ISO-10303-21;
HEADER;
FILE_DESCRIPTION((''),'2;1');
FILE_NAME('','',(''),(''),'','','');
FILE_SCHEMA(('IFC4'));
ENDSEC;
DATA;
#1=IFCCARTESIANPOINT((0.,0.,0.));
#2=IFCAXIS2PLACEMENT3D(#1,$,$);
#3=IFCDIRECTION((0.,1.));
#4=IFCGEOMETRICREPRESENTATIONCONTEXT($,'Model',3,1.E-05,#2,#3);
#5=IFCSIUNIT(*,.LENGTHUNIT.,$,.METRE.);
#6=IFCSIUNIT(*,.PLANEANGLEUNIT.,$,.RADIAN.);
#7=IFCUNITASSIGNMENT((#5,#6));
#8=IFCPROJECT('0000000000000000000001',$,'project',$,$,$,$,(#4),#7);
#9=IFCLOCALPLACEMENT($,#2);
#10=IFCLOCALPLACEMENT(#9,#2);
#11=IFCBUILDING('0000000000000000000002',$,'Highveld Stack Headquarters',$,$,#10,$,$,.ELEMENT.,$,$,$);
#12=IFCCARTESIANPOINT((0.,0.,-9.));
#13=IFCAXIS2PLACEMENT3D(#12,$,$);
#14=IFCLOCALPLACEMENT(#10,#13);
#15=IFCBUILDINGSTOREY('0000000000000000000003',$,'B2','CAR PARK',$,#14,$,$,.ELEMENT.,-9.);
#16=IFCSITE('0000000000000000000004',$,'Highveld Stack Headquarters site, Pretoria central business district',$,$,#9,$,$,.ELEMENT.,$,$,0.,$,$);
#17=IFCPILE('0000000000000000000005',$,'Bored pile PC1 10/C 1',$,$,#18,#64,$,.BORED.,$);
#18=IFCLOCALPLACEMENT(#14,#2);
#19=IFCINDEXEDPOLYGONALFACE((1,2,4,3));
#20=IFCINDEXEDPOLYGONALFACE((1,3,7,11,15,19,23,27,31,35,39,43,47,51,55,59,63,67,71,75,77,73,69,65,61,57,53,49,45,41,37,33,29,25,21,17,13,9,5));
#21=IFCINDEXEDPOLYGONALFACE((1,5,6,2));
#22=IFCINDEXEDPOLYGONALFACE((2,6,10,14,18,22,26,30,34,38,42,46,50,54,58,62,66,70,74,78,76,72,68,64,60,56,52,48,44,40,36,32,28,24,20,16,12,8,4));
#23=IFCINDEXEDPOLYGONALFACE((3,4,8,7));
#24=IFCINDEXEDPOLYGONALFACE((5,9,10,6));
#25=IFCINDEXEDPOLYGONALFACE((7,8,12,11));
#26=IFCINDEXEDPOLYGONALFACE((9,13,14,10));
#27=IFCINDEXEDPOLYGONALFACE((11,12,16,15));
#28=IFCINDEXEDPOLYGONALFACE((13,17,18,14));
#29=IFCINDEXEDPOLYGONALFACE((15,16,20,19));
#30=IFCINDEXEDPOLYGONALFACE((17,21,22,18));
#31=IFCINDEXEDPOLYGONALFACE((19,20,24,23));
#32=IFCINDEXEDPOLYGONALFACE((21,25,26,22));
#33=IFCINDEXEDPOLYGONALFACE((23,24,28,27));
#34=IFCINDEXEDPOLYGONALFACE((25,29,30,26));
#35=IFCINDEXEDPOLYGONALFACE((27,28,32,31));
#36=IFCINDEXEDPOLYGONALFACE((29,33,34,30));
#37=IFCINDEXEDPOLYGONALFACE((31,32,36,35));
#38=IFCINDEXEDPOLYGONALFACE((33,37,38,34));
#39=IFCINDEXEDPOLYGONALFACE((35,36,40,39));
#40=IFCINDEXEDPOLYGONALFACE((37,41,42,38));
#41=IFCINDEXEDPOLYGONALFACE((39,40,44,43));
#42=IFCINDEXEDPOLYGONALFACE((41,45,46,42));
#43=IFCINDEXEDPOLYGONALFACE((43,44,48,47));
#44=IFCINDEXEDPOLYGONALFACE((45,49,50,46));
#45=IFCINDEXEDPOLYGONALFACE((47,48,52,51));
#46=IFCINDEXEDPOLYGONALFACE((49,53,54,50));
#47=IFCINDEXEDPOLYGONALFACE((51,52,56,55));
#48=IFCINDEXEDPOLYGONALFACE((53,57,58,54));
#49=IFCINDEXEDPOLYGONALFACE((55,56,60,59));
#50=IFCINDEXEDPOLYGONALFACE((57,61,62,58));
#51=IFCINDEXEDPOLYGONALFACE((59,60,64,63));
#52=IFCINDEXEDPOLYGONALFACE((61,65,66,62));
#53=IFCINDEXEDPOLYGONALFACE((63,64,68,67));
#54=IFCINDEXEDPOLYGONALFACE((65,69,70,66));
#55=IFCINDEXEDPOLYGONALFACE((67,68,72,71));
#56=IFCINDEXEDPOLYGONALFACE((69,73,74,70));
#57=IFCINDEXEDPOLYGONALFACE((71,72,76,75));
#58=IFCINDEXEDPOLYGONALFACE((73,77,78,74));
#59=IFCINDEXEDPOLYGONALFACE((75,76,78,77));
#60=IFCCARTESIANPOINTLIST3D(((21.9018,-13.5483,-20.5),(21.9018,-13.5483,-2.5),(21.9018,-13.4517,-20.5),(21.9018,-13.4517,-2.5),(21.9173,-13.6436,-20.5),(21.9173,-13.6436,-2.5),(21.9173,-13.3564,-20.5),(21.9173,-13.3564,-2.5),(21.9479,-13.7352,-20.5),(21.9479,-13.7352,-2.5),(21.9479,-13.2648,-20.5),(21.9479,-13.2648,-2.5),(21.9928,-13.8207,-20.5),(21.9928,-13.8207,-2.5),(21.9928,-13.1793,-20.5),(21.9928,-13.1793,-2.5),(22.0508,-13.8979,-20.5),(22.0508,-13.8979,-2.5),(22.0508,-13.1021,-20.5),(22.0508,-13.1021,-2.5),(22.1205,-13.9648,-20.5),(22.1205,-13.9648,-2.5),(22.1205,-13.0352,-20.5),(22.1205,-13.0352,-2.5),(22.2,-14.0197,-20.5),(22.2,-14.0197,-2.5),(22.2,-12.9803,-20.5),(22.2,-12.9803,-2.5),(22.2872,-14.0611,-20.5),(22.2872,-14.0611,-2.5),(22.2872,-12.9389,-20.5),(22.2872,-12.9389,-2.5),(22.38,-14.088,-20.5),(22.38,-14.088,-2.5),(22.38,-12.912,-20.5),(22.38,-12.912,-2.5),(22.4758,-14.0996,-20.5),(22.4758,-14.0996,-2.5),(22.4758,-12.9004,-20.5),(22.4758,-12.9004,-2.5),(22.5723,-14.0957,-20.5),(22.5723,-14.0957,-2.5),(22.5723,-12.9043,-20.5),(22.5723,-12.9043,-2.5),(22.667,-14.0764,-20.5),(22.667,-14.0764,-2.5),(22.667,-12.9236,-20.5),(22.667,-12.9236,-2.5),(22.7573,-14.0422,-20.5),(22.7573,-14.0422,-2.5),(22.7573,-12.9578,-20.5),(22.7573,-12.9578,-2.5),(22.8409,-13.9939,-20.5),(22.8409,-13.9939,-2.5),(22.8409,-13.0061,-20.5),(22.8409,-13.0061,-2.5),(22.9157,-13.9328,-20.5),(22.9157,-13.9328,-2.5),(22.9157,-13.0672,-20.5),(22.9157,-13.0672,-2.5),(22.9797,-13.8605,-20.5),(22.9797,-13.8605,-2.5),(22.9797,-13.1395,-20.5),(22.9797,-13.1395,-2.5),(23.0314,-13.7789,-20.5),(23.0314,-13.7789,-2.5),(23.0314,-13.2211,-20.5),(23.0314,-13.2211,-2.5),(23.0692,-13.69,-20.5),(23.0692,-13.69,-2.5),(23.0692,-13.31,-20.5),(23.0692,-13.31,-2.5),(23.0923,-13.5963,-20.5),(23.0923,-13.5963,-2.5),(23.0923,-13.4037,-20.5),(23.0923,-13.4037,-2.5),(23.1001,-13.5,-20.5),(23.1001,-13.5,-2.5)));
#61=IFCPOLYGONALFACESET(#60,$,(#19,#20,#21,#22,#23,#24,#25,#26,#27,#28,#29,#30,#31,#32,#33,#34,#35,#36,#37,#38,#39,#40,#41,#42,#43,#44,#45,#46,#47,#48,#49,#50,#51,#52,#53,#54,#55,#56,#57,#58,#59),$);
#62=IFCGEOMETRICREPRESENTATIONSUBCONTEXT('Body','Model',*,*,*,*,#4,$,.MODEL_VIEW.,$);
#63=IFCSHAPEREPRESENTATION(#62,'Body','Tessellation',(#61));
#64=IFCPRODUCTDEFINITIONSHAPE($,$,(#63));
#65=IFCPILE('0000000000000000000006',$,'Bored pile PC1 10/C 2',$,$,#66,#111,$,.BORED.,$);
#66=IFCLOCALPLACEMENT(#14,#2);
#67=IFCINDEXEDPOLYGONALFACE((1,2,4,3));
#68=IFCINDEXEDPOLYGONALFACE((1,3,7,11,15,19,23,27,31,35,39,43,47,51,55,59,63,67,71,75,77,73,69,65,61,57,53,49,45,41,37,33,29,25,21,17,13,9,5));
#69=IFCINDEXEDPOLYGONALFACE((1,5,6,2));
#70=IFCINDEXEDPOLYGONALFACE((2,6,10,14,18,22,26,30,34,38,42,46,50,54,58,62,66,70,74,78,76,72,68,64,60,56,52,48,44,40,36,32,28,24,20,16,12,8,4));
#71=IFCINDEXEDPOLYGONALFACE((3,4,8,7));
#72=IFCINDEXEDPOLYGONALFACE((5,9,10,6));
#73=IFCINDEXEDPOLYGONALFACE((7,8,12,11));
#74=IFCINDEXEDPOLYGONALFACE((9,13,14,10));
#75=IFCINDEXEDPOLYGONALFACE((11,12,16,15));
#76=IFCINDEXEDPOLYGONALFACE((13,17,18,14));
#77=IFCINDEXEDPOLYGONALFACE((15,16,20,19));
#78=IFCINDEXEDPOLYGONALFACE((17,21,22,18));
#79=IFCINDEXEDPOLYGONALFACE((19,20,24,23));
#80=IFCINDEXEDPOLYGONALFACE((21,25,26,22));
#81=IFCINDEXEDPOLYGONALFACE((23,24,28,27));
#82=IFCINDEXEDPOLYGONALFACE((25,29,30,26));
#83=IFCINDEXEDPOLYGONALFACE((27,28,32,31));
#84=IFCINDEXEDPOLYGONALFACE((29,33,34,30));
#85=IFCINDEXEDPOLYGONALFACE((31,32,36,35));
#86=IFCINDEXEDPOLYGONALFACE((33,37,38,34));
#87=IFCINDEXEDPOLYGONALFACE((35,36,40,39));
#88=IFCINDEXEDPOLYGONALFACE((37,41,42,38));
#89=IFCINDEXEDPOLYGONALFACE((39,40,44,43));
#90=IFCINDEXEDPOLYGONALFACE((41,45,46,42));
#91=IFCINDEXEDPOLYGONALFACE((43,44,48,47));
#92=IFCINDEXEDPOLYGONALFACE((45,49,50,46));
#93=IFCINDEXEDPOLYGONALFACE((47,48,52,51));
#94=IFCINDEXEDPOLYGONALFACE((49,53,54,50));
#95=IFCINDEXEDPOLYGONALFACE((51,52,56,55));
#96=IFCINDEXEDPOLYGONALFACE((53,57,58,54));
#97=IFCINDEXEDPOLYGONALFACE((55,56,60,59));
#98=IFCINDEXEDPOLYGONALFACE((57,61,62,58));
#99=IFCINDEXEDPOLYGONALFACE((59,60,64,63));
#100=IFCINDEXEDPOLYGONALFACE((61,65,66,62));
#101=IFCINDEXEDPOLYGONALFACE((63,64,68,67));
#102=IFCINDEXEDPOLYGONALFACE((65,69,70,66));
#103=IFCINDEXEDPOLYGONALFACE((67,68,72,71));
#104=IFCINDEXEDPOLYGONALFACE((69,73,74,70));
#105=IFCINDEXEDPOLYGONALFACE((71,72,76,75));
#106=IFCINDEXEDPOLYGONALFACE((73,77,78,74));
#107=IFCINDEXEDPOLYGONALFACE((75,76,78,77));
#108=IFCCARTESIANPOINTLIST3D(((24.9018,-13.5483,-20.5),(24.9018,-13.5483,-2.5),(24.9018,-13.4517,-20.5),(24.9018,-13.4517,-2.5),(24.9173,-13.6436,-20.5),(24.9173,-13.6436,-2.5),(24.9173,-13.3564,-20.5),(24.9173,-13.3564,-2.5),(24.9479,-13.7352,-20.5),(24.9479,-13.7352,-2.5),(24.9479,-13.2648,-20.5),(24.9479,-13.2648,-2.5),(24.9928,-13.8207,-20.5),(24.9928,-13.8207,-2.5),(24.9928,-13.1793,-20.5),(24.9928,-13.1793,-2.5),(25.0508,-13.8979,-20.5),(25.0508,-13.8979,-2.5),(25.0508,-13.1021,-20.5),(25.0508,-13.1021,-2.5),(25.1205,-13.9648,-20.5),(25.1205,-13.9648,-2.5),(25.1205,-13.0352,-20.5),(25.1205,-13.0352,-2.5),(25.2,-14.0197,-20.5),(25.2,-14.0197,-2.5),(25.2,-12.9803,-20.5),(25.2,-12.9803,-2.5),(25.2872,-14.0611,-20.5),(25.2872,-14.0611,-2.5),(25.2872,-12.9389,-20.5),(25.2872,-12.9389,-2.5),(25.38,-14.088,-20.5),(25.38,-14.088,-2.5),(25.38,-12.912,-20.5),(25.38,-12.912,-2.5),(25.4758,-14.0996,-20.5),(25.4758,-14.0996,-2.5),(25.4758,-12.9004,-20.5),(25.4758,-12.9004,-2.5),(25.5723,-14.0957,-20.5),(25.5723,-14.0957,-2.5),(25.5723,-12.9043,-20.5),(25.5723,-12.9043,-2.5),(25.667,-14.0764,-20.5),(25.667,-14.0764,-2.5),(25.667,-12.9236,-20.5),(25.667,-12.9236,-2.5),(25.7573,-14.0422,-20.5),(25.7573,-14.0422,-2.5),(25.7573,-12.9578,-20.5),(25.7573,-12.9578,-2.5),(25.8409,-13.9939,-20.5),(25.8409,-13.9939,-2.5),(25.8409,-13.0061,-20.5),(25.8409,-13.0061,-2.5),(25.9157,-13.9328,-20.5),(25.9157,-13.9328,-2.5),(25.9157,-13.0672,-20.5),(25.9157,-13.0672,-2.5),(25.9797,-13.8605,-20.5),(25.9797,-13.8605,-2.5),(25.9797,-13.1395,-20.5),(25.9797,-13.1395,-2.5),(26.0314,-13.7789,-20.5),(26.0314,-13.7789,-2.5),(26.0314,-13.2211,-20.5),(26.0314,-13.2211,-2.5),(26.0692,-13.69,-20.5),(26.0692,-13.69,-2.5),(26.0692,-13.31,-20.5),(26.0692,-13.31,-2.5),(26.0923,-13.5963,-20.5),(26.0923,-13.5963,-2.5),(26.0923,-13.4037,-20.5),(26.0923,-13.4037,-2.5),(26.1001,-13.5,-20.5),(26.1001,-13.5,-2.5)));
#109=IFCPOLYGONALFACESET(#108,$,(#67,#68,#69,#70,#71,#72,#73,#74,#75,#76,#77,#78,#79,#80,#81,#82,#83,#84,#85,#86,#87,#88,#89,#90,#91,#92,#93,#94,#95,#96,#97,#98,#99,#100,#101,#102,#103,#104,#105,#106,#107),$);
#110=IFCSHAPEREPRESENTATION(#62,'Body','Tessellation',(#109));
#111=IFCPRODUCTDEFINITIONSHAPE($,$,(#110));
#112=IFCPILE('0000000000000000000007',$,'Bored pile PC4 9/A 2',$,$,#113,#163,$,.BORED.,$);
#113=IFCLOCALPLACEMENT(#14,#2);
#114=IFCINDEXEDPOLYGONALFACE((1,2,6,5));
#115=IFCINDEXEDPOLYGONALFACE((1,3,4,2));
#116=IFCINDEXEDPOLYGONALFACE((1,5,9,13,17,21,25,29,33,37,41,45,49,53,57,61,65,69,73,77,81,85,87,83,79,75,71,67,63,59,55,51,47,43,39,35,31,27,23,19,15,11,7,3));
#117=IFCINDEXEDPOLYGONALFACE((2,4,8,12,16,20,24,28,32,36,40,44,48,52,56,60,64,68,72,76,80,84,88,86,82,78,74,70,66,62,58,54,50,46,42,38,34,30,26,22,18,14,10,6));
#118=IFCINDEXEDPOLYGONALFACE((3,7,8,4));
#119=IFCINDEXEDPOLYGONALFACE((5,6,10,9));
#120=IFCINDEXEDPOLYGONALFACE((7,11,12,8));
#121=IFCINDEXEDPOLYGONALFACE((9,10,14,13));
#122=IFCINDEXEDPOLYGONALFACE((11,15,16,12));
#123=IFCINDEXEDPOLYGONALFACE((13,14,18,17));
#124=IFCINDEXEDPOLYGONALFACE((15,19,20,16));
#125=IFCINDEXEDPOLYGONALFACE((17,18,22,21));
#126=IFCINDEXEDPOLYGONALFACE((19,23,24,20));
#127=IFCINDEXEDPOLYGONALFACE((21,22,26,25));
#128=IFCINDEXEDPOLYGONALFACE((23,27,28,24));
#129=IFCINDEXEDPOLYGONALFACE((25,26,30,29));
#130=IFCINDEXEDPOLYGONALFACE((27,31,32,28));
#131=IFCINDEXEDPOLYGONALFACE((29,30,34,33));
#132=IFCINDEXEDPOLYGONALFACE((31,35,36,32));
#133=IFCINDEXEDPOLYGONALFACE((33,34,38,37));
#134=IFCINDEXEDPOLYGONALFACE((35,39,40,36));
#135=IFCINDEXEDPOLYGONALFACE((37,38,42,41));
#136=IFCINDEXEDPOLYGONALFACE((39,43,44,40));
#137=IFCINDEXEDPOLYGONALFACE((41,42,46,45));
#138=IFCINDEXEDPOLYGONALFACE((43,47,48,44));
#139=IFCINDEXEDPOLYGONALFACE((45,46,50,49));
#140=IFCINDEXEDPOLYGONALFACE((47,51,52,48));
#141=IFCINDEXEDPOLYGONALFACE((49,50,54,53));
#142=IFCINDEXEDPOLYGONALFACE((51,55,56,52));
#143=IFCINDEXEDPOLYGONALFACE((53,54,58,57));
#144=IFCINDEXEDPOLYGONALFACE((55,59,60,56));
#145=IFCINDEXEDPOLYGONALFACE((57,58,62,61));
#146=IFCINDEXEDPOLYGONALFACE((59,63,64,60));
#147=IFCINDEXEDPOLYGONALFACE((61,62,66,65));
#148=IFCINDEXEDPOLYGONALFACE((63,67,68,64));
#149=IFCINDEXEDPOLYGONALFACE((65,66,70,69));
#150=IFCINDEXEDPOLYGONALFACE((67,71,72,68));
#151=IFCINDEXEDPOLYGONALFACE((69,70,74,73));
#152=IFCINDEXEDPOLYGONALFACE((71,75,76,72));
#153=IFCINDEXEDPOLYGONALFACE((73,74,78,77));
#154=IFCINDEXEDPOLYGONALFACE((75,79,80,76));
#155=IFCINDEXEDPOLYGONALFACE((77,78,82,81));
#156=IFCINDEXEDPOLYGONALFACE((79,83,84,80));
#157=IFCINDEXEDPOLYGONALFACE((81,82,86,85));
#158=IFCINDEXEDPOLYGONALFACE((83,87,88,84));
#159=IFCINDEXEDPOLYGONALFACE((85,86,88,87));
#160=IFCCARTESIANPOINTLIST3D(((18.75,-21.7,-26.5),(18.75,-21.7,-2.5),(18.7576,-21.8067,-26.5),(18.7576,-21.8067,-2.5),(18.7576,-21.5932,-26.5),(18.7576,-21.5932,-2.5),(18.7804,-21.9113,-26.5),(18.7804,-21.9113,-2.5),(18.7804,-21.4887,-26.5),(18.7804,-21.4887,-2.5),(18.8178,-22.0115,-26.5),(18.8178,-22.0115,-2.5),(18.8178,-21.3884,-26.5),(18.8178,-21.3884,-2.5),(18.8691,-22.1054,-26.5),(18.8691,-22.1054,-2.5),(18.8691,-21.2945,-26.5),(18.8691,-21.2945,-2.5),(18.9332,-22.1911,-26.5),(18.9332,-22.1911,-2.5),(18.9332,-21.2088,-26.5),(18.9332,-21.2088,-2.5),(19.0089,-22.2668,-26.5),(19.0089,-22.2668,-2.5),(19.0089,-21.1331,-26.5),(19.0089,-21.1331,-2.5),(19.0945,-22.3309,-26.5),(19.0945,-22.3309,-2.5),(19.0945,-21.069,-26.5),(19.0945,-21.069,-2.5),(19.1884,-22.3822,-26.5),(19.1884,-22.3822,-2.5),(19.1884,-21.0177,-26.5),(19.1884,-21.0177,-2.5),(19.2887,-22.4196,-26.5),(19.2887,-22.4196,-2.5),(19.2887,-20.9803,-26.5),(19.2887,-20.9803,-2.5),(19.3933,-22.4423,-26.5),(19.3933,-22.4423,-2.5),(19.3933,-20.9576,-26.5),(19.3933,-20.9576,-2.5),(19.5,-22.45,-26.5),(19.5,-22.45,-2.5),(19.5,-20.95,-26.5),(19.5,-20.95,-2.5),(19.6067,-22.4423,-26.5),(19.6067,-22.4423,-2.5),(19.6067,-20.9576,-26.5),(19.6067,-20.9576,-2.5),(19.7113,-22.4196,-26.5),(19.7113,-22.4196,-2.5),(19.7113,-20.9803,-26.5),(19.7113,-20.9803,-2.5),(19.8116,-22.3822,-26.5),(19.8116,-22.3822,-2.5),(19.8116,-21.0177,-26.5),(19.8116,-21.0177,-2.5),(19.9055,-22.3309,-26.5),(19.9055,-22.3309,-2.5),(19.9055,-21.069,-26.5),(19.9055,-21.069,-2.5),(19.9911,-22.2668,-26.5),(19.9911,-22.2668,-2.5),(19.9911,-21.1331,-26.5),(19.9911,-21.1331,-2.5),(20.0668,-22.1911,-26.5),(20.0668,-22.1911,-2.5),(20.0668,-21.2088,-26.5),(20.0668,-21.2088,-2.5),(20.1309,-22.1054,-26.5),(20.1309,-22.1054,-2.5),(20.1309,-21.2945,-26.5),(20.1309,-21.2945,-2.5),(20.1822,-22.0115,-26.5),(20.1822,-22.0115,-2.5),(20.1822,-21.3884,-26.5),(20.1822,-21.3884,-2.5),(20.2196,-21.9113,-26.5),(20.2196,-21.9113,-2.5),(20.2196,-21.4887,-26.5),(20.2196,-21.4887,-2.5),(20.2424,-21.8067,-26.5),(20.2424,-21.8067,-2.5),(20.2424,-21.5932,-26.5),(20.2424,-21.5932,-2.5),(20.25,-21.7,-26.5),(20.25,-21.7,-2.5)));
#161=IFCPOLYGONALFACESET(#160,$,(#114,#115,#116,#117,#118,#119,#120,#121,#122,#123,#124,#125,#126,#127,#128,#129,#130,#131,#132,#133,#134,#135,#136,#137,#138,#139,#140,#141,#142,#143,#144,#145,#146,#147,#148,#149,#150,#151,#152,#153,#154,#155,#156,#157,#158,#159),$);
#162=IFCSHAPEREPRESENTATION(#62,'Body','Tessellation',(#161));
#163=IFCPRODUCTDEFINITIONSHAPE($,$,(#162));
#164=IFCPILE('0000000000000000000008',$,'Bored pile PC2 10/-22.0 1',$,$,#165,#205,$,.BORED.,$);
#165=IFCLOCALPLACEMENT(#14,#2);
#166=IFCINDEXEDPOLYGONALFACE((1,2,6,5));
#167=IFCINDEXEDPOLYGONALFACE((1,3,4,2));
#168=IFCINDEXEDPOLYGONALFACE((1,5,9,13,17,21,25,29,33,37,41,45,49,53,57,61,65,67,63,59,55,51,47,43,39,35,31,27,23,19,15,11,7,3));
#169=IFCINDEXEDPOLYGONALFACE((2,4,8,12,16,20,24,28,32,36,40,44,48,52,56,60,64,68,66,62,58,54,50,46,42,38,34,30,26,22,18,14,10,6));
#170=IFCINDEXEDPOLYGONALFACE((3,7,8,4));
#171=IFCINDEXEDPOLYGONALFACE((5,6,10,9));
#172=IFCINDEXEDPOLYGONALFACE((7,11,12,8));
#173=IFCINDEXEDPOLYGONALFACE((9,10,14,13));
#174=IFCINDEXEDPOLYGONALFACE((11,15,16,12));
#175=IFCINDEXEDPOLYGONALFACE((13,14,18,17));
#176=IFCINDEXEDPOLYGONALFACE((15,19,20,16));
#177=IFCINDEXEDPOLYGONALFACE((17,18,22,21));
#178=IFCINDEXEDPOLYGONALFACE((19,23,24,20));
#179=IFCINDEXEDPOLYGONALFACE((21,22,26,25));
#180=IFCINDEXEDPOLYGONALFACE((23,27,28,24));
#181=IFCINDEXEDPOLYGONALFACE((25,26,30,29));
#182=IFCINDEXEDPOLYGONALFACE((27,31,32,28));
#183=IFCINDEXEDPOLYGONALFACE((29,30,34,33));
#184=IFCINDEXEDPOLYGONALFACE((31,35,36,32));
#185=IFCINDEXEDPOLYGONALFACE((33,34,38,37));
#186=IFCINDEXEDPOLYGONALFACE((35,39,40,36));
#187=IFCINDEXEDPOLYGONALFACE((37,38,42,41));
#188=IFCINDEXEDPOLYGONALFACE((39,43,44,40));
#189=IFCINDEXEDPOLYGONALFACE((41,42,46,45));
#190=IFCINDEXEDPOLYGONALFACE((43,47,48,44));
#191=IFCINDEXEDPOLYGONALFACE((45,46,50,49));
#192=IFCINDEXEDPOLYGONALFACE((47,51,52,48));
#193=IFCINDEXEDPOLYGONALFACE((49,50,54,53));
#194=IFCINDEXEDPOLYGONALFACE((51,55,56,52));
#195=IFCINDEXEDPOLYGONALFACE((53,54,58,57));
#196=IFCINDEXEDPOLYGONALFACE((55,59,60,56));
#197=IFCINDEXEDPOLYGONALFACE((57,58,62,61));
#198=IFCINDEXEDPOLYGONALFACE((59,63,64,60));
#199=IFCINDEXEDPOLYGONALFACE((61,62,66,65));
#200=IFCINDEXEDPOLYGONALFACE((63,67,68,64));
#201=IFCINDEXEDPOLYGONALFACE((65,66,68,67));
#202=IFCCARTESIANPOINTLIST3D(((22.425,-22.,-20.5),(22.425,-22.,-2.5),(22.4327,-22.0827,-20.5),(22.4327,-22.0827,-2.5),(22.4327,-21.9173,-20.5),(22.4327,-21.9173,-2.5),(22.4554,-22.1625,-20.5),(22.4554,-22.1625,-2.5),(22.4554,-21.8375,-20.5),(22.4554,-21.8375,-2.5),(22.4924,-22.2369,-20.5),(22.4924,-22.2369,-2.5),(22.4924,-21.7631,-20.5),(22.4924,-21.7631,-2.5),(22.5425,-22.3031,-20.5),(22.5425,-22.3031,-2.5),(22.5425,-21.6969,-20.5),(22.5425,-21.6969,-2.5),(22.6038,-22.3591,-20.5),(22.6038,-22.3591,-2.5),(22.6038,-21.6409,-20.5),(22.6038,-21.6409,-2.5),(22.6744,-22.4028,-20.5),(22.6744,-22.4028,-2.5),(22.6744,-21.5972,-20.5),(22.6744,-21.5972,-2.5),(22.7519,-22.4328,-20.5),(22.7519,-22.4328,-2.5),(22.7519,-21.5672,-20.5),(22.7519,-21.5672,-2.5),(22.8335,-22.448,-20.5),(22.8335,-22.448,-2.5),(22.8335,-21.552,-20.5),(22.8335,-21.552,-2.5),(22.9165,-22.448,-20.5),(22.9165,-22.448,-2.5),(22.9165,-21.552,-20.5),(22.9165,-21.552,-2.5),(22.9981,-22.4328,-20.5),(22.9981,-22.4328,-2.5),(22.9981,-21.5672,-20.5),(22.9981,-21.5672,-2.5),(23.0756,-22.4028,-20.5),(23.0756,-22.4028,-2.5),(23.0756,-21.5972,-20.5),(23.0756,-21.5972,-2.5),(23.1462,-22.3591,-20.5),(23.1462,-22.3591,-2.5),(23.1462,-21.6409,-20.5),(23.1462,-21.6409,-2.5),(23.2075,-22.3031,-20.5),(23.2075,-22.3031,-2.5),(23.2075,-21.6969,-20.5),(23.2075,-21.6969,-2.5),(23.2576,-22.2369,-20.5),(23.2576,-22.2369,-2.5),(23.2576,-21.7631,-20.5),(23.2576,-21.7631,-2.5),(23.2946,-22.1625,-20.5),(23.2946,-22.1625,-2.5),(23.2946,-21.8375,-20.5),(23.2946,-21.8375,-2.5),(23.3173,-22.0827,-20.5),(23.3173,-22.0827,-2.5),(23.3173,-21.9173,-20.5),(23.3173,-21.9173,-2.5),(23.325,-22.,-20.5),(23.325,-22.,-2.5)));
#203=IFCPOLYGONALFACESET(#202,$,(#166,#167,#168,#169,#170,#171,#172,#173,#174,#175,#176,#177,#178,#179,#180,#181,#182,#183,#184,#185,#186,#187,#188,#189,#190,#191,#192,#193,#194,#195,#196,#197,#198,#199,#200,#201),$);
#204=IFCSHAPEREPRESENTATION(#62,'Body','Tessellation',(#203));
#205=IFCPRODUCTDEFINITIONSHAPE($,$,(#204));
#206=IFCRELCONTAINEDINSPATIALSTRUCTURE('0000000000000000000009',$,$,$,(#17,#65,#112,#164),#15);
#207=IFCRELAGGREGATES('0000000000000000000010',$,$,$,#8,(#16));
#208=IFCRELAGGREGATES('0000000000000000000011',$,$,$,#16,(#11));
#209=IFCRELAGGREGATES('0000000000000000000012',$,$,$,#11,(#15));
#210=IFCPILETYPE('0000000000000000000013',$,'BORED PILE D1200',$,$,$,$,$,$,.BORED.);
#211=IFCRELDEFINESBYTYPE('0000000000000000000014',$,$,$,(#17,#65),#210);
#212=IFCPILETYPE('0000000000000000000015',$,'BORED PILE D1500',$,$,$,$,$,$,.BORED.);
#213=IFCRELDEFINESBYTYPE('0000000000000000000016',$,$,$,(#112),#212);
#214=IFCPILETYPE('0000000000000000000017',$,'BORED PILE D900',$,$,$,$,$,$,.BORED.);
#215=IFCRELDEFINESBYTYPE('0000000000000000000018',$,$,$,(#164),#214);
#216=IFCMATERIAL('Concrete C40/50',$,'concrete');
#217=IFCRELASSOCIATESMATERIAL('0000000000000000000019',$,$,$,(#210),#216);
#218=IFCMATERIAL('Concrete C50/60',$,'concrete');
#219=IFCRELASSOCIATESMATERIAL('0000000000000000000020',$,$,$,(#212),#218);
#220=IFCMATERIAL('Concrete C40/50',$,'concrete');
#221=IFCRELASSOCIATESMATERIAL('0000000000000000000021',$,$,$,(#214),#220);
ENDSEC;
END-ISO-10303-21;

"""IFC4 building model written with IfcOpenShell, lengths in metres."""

from ifc_helpers import new_model, si_unit, direction, frame, origin, origin_2d, place, context, subcontext, project, spatial, circle, extrude, material, type_object, element, save


model = new_model("IFC4")

# Units and contexts
model_context = context("Model", 3, precision=1e-05, world=origin(), true_north=direction((0.0, 1.0)))
body_context = subcontext(model_context, "Body", "Model", "MODEL_VIEW")
ifc_project = project(units=[si_unit("LENGTHUNIT", "METRE"), si_unit("PLANEANGLEUNIT", "RADIAN")], contexts=[model_context])

# Site, building, storey
site_placement = place(None, origin())
site = spatial("IfcSite", under=ifc_project, at=site_placement, Name="Highveld Stack Headquarters site, Pretoria central business district", CompositionType="ELEMENT", RefElevation=0.0)
building_placement = place(site_placement, origin())
building = spatial("IfcBuilding", under=site, at=building_placement, Name="Highveld Stack Headquarters", CompositionType="ELEMENT")
storey_placement = place(building_placement, frame((0.0, 0.0, -9.0)))
storey = spatial("IfcBuildingStorey", under=building, at=storey_placement, Name="B2", Description="CAR PARK", CompositionType="ELEMENT", Elevation=-9.0)

# Piles
ifc_material_1 = material(Name="Concrete C40/50", Category="concrete")
pile_type_1 = type_object("IfcPileType", Name="BORED PILE D1200", PredefinedType="BORED", material=ifc_material_1)
for number, where, z_axis, x_axis, name in (
    (1, (22.5, -13.5, -2.5), (0.0, 0.0, -1.0), (1.0, 0.0, 0.0), "Bored pile PC1 10/C 1"),
    (2, (25.5, -13.5, -2.5), (0.0, 0.0, -1.0), (1.0, 0.0, 0.0), "Bored pile PC1 10/C 2"),
):
    element("IfcPile", number, at=place(storey_placement, frame(where, z_axis=z_axis, x_axis=x_axis)), inside=storey, type_object=pile_type_1, Name=name, PredefinedType="BORED", context=body_context, shape_type="SweptSolid", body=[
        extrude(circle(Radius=0.6001, at=origin_2d()), origin(), (0.0, 0.0, 1.0), 18.0),
    ])
ifc_material_2 = material(Name="Concrete C50/60", Category="concrete")
pile_type_2 = type_object("IfcPileType", Name="BORED PILE D1500", PredefinedType="BORED", material=ifc_material_2)
pile_placement = place(storey_placement, frame((19.5, -21.7, -2.5), z_axis=(0.0, 0.0, -1.0), x_axis=(1.0, 0.0, 0.0)))
element("IfcPile", 3, at=pile_placement, inside=storey, type_object=pile_type_2, Name="Bored pile PC4 9/A 2", PredefinedType="BORED", context=body_context, shape_type="SweptSolid", body=[
    extrude(circle(Radius=0.75, at=origin_2d()), origin(), (0.0, 0.0, 1.0), 24.0),
])
ifc_material_3 = material(Name="Concrete C40/50", Category="concrete")
pile_type_3 = type_object("IfcPileType", Name="BORED PILE D900", PredefinedType="BORED", material=ifc_material_3)
for number, where, z_axis, x_axis, name in (
    (4, (22.875, -22.0, -2.5), (0.0, 0.0, -1.0), (1.0, 0.0, 0.0), "Bored pile PC2 10/-22.0 1"),
):
    element("IfcPile", number, at=place(storey_placement, frame(where, z_axis=z_axis, x_axis=x_axis)), inside=storey, type_object=pile_type_3, Name=name, PredefinedType="BORED", context=body_context, shape_type="SweptSolid", body=[
        extrude(circle(Radius=0.45, at=origin_2d()), origin(), (0.0, 0.0, 1.0), 18.0),
    ])

save(model, "model.ifc")
